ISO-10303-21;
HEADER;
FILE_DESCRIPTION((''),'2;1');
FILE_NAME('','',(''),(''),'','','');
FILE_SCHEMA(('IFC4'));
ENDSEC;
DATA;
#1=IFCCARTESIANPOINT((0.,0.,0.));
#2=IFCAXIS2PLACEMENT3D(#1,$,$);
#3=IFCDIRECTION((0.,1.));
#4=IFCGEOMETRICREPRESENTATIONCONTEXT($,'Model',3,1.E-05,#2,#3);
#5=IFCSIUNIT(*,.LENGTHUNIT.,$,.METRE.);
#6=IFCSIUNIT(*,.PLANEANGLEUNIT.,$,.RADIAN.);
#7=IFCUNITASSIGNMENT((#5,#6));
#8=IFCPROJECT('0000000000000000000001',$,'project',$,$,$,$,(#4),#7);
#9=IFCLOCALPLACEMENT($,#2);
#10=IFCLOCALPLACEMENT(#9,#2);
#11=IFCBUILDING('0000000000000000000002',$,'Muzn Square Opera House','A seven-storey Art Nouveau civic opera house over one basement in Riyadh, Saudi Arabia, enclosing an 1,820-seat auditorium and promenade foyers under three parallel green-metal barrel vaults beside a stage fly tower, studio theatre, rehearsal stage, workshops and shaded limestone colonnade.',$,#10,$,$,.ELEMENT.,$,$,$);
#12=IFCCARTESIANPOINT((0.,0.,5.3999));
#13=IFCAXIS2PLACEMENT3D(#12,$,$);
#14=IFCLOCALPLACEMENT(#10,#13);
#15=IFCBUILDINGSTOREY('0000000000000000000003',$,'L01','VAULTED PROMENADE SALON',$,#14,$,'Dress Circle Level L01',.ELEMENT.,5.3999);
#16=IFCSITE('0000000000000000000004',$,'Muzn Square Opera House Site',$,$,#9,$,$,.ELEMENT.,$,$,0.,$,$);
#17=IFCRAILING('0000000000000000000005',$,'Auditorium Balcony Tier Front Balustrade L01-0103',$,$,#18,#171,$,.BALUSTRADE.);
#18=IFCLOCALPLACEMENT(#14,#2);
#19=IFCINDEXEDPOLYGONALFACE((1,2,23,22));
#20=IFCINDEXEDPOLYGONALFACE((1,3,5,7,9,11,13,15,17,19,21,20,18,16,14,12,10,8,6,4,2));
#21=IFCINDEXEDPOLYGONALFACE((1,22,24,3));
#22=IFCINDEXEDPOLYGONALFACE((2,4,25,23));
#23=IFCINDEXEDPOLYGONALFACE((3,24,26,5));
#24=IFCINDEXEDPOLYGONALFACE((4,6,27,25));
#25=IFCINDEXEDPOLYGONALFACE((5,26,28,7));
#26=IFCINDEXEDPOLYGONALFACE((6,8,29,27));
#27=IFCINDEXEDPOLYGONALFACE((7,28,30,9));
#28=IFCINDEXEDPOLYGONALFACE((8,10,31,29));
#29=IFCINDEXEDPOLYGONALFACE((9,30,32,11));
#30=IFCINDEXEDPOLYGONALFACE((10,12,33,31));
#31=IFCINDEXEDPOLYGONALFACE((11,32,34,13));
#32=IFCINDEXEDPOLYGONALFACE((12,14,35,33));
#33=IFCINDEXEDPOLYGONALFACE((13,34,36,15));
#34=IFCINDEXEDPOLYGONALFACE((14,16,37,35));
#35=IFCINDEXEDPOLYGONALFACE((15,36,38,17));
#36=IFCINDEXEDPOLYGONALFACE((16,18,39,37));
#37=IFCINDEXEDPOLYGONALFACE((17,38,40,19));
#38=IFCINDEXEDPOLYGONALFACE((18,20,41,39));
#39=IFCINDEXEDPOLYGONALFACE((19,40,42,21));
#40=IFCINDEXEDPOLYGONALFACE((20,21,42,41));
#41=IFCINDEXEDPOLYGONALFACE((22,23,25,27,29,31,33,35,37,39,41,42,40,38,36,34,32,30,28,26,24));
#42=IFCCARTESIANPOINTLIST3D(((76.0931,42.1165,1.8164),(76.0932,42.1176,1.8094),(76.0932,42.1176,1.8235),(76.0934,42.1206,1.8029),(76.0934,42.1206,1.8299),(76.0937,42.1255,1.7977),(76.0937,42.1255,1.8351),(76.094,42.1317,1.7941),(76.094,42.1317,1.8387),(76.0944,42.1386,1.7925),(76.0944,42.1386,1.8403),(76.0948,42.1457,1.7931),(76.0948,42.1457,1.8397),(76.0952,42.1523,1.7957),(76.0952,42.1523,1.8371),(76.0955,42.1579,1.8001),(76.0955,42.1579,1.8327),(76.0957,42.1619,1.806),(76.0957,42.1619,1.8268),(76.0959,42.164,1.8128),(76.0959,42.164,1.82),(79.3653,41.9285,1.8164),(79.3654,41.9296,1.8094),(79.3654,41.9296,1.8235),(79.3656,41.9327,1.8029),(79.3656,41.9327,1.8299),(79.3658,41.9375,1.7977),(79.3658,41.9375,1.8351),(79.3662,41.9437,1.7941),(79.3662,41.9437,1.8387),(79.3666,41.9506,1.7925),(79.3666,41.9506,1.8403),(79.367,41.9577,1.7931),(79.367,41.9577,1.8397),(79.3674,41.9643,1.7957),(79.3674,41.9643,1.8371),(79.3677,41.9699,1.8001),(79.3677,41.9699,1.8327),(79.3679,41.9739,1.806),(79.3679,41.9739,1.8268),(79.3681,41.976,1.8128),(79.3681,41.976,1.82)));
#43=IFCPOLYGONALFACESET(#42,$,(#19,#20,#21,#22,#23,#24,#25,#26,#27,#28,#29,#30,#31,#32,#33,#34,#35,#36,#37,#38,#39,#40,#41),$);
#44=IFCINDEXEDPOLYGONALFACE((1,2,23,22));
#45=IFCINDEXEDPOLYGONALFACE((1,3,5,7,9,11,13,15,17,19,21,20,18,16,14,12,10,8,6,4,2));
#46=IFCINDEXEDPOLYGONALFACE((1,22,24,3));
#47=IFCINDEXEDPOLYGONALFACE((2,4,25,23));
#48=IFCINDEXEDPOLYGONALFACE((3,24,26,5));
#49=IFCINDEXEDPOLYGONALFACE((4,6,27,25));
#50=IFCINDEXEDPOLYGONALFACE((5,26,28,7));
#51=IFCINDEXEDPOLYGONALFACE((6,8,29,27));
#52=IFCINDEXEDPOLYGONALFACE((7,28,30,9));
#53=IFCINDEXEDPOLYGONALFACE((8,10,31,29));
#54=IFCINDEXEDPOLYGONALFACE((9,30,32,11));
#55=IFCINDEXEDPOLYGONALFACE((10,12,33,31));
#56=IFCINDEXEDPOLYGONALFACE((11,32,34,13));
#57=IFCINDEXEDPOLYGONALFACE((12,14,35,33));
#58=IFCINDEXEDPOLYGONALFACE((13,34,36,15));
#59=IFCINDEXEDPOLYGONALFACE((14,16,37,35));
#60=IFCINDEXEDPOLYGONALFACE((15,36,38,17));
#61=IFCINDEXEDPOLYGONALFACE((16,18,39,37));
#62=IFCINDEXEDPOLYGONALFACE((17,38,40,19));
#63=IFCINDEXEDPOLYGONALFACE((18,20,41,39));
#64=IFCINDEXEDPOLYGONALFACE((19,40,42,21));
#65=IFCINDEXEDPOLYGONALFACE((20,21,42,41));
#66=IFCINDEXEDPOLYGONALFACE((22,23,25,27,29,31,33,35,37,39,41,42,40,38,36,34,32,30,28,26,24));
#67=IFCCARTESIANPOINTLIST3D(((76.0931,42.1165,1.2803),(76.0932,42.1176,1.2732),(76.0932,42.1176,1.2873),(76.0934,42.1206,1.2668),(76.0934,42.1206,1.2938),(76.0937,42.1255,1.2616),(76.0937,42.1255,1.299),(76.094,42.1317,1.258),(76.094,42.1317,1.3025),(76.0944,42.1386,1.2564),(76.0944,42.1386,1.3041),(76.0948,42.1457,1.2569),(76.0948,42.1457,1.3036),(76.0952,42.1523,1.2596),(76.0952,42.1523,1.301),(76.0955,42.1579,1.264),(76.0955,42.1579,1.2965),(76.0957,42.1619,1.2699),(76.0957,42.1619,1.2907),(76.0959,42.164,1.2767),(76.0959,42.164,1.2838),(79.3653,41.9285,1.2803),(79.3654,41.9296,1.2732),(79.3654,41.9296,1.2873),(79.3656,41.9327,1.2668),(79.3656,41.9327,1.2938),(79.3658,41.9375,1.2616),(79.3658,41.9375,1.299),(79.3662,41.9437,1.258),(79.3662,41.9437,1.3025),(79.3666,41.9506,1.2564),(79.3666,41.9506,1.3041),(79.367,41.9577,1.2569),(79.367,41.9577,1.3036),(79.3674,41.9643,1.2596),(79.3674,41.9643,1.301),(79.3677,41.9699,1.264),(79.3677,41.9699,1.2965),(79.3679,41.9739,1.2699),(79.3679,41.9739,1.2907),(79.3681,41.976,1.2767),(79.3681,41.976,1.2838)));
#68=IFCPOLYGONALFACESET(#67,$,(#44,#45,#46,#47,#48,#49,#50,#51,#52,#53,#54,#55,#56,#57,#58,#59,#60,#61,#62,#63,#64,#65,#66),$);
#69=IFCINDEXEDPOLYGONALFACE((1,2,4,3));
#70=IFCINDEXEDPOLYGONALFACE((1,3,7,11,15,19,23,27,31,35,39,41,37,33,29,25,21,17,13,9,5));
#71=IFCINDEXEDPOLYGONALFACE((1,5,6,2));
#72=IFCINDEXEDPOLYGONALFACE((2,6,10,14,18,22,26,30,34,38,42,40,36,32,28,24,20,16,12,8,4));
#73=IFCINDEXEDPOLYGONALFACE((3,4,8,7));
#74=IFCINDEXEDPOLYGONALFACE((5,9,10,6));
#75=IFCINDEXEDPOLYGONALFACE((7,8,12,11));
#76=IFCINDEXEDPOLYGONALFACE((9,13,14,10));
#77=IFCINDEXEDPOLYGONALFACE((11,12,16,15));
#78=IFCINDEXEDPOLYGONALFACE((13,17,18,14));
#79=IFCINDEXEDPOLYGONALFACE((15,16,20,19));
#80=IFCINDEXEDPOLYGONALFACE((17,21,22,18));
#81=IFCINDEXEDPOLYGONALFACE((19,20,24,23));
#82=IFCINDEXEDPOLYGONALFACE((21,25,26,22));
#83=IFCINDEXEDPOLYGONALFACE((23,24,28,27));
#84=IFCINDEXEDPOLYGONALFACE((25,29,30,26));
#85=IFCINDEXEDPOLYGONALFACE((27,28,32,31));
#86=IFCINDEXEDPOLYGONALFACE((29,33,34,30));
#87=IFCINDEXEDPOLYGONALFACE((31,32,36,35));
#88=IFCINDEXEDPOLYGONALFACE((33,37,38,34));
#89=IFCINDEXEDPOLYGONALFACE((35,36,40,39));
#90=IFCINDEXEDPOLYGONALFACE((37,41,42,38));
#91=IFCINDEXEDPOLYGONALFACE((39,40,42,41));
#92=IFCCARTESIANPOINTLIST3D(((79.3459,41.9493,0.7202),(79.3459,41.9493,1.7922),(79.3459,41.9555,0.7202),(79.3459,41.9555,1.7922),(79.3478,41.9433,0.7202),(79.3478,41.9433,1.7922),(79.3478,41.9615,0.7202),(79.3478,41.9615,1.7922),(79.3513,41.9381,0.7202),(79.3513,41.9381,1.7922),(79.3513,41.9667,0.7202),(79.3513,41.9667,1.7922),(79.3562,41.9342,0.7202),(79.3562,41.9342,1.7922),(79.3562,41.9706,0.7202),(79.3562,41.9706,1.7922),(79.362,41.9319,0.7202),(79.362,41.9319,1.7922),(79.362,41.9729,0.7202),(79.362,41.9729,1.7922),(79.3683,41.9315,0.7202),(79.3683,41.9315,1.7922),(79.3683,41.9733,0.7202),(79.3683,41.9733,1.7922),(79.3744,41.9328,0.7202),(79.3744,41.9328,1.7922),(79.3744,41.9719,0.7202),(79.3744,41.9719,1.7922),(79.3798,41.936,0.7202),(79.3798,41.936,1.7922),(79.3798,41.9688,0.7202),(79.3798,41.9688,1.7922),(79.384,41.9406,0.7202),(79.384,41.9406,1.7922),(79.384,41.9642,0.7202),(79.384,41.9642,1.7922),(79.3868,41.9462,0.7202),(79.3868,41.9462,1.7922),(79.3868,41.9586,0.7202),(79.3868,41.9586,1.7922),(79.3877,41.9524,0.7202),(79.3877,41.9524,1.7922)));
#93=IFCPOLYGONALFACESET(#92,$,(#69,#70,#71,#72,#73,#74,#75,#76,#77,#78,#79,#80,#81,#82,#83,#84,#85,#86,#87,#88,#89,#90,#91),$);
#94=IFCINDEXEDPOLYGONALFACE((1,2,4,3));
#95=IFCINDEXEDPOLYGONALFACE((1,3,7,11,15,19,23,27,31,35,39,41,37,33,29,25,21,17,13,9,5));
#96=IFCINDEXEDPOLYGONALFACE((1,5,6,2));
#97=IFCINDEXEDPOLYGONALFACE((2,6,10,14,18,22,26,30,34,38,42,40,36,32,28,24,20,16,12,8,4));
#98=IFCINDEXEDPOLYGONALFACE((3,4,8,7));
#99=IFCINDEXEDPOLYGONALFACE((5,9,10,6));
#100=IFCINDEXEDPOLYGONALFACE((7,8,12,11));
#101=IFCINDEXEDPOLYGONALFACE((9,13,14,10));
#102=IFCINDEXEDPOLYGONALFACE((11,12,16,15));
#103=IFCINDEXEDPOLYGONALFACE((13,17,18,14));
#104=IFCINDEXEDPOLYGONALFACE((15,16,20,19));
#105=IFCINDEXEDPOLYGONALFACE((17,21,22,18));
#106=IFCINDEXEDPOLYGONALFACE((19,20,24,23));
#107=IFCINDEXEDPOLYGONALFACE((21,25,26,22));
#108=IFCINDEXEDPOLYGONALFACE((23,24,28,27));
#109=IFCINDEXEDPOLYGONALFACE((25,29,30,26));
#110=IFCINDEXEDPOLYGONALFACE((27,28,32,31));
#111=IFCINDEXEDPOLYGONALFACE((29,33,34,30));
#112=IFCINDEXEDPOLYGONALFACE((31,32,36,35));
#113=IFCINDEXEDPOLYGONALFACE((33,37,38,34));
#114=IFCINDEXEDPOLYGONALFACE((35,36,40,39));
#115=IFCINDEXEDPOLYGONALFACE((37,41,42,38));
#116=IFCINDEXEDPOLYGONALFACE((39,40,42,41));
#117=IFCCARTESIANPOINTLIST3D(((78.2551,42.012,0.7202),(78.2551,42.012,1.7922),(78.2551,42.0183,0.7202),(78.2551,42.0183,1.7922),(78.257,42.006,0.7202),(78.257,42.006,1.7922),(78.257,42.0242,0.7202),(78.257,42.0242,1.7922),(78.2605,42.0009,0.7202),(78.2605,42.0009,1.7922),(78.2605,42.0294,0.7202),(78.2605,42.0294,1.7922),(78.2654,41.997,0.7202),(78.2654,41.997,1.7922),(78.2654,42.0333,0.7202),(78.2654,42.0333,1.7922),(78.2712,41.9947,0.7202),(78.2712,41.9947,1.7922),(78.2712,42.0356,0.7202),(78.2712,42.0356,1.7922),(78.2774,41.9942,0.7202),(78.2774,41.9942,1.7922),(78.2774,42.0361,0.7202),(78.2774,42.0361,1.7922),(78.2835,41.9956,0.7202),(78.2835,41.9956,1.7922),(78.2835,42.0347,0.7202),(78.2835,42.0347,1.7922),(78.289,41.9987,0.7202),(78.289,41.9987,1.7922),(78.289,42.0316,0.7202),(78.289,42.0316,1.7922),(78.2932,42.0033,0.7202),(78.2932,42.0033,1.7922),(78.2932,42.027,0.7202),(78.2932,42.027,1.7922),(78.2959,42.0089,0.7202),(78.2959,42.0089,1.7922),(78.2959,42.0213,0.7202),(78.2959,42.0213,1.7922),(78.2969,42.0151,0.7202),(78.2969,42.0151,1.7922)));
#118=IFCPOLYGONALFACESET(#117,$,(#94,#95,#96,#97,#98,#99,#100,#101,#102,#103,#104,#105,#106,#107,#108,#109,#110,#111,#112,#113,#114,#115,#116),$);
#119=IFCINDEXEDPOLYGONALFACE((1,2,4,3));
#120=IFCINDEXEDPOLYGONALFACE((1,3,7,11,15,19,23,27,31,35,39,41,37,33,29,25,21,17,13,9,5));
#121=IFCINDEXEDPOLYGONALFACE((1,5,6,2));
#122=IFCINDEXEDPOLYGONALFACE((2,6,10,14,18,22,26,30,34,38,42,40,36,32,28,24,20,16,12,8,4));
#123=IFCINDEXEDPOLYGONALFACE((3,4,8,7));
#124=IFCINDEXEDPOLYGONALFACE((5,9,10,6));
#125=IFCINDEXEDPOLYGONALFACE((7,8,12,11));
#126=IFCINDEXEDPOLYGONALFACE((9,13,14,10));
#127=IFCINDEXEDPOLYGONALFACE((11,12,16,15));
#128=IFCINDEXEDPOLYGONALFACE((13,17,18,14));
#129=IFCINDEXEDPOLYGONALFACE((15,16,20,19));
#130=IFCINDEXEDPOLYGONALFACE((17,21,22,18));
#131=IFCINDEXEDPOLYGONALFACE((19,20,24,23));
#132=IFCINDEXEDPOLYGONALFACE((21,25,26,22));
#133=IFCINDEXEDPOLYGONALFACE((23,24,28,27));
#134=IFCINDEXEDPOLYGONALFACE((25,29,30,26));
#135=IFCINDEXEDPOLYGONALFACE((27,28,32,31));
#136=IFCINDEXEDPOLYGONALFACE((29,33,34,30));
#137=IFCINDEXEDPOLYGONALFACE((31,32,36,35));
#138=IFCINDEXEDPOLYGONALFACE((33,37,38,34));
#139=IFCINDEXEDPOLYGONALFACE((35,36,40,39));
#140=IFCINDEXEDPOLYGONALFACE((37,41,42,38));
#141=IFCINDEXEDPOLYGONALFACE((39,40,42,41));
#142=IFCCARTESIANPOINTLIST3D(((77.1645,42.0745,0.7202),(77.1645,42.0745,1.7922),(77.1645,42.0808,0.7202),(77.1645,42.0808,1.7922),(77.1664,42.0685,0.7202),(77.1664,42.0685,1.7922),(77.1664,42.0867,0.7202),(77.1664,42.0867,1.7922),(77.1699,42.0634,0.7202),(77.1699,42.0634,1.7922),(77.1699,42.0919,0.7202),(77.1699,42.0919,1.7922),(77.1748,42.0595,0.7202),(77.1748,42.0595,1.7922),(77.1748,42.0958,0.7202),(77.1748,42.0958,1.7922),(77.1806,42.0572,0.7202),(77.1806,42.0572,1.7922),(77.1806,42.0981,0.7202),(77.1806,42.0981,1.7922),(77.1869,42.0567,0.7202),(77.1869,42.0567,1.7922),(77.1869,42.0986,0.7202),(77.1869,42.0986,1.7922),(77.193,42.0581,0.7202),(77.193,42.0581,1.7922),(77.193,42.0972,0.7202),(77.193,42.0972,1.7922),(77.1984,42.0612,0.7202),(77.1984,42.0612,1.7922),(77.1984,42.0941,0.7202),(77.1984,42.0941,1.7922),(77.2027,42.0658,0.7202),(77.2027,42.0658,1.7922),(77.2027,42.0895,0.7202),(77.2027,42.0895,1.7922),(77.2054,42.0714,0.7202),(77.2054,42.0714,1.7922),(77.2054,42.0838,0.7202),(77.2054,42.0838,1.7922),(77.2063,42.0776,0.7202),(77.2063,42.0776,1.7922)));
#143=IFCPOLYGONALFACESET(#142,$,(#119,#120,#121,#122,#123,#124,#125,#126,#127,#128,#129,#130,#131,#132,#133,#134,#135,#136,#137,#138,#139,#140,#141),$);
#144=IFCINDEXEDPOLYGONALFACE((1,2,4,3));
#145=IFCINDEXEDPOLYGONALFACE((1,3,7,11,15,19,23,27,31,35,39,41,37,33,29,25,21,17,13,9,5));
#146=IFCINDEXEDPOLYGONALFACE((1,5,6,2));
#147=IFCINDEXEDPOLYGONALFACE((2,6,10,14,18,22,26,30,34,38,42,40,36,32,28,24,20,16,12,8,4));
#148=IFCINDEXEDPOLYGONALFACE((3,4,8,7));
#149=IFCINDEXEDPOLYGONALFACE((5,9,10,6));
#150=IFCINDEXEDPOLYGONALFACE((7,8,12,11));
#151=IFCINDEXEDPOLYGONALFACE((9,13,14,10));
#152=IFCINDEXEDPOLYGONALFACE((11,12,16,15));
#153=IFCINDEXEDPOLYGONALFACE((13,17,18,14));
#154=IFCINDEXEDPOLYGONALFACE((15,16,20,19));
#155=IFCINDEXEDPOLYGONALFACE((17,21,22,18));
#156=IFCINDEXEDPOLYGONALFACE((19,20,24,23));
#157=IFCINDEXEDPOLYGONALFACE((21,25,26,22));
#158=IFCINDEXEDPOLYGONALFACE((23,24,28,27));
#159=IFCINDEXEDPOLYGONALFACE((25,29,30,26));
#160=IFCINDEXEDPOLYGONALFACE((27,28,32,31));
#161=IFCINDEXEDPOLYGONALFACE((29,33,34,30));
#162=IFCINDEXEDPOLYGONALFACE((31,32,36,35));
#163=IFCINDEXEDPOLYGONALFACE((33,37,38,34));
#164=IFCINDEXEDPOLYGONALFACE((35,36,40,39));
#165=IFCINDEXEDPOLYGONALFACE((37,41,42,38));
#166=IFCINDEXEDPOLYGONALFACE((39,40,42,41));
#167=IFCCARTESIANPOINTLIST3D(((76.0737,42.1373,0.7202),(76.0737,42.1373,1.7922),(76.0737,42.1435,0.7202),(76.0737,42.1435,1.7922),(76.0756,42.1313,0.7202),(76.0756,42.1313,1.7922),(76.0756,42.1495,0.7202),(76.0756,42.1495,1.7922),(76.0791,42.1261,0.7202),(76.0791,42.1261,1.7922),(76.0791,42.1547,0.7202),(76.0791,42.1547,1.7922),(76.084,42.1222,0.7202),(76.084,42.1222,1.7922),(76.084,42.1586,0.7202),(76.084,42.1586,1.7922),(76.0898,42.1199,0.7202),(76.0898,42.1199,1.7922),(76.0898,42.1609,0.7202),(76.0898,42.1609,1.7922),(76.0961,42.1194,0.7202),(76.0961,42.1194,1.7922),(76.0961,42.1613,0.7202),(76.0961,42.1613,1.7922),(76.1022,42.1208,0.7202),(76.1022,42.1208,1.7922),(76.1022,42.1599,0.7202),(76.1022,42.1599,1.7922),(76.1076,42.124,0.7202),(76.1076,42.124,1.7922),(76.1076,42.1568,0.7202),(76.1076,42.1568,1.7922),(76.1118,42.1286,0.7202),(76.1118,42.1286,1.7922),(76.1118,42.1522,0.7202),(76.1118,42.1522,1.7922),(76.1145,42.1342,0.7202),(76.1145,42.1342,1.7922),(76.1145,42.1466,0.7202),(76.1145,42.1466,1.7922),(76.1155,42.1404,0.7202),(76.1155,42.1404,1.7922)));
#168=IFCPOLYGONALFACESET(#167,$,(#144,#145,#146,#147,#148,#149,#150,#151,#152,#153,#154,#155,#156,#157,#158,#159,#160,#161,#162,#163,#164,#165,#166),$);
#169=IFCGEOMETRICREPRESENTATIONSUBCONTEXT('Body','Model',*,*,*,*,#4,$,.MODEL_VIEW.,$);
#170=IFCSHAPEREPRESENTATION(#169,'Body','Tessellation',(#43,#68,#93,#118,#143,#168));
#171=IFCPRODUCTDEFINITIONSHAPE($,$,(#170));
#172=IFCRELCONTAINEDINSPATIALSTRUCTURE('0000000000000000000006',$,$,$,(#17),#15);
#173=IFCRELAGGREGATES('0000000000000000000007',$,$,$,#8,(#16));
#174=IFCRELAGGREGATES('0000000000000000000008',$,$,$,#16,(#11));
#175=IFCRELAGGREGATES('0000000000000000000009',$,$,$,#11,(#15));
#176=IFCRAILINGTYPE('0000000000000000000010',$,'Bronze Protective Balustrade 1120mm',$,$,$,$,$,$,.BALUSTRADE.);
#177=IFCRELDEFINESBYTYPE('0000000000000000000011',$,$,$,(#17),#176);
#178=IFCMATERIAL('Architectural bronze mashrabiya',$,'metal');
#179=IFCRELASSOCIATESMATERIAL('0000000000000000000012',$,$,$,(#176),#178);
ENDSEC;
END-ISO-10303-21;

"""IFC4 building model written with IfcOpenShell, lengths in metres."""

from ifc_helpers import new_model, si_unit, direction, frame, origin, origin_2d, place, context, subcontext, project, spatial, circle, extrude, material, type_object, element, save


model = new_model("IFC4")

# Units and contexts
model_context = context("Model", 3, precision=1e-05, world=origin(), true_north=direction((0.0, 1.0)))
body_context = subcontext(model_context, "Body", "Model", "MODEL_VIEW")
ifc_project = project(units=[si_unit("LENGTHUNIT", "METRE"), si_unit("PLANEANGLEUNIT", "RADIAN")], contexts=[model_context])

# Site, building, storey
site_placement = place(None, origin())
site = spatial("IfcSite", under=ifc_project, at=site_placement, Name="Muzn Square Opera House Site", CompositionType="ELEMENT", RefElevation=0.0)
building_placement = place(site_placement, origin())
building = spatial("IfcBuilding", under=site, at=building_placement, Name="Muzn Square Opera House", Description="A seven-storey Art Nouveau civic opera house over one basement in Riyadh, Saudi Arabia, enclosing an 1,820-seat auditorium and promenade foyers under three parallel green-metal barrel vaults beside a stage fly tower, studio theatre, rehearsal stage, workshops and shaded limestone colonnade.", CompositionType="ELEMENT")
storey_placement = place(building_placement, frame((0.0, 0.0, 5.3999)))
storey = spatial("IfcBuildingStorey", under=building, at=storey_placement, Name="L01", Description="VAULTED PROMENADE SALON", LongName="Dress Circle Level L01", CompositionType="ELEMENT", Elevation=5.3999)

# Railing
ifc_material_1 = material(Name="Architectural bronze mashrabiya", Category="metal")
railing_type_1 = type_object("IfcRailingType", Name="Bronze Protective Balustrade 1120mm", PredefinedType="BALUSTRADE", material=ifc_material_1)
railing_1_placement = place(storey_placement, frame((79.3667, 41.9524, 0.7202)))
element("IfcRailing", 1, at=railing_1_placement, inside=storey, type_object=railing_type_1, Name="Auditorium Balcony Tier Front Balustrade L01-0103", PredefinedType="BALUSTRADE", context=body_context, shape_type="SweptSolid", body=[
    extrude(circle(Radius=0.0239, at=origin_2d()), frame((0.0, 0.0, 1.0962), z_axis=(-0.998354, 0.057355, 0.0), x_axis=(-0.057355, -0.998354, 0.0)), (0.0, 0.0, 1.0), 3.2776),
    extrude(circle(Radius=0.0239, at=origin_2d()), frame((0.0, 0.0, 0.5601), z_axis=(-0.998354, 0.057355, 0.0), x_axis=(-0.057355, -0.998354, 0.0)), (0.0, 0.0, 1.0), 3.2776),
    extrude(circle(Radius=0.021, at=origin_2d()), origin(), (0.0, 0.0, 1.0), 1.072),
    extrude(circle(Radius=0.021, at=origin_2d()), frame((-1.0908, 0.0627, 0.0)), (0.0, 0.0, 1.0), 1.072),
    extrude(circle(Radius=0.021, at=origin_2d()), frame((-2.1814, 0.1252, 0.0)), (0.0, 0.0, 1.0), 1.072),
    extrude(circle(Radius=0.021, at=origin_2d()), frame((-3.2722, 0.188, 0.0)), (0.0, 0.0, 1.0), 1.072),
])

save(model, "model.ifc")
